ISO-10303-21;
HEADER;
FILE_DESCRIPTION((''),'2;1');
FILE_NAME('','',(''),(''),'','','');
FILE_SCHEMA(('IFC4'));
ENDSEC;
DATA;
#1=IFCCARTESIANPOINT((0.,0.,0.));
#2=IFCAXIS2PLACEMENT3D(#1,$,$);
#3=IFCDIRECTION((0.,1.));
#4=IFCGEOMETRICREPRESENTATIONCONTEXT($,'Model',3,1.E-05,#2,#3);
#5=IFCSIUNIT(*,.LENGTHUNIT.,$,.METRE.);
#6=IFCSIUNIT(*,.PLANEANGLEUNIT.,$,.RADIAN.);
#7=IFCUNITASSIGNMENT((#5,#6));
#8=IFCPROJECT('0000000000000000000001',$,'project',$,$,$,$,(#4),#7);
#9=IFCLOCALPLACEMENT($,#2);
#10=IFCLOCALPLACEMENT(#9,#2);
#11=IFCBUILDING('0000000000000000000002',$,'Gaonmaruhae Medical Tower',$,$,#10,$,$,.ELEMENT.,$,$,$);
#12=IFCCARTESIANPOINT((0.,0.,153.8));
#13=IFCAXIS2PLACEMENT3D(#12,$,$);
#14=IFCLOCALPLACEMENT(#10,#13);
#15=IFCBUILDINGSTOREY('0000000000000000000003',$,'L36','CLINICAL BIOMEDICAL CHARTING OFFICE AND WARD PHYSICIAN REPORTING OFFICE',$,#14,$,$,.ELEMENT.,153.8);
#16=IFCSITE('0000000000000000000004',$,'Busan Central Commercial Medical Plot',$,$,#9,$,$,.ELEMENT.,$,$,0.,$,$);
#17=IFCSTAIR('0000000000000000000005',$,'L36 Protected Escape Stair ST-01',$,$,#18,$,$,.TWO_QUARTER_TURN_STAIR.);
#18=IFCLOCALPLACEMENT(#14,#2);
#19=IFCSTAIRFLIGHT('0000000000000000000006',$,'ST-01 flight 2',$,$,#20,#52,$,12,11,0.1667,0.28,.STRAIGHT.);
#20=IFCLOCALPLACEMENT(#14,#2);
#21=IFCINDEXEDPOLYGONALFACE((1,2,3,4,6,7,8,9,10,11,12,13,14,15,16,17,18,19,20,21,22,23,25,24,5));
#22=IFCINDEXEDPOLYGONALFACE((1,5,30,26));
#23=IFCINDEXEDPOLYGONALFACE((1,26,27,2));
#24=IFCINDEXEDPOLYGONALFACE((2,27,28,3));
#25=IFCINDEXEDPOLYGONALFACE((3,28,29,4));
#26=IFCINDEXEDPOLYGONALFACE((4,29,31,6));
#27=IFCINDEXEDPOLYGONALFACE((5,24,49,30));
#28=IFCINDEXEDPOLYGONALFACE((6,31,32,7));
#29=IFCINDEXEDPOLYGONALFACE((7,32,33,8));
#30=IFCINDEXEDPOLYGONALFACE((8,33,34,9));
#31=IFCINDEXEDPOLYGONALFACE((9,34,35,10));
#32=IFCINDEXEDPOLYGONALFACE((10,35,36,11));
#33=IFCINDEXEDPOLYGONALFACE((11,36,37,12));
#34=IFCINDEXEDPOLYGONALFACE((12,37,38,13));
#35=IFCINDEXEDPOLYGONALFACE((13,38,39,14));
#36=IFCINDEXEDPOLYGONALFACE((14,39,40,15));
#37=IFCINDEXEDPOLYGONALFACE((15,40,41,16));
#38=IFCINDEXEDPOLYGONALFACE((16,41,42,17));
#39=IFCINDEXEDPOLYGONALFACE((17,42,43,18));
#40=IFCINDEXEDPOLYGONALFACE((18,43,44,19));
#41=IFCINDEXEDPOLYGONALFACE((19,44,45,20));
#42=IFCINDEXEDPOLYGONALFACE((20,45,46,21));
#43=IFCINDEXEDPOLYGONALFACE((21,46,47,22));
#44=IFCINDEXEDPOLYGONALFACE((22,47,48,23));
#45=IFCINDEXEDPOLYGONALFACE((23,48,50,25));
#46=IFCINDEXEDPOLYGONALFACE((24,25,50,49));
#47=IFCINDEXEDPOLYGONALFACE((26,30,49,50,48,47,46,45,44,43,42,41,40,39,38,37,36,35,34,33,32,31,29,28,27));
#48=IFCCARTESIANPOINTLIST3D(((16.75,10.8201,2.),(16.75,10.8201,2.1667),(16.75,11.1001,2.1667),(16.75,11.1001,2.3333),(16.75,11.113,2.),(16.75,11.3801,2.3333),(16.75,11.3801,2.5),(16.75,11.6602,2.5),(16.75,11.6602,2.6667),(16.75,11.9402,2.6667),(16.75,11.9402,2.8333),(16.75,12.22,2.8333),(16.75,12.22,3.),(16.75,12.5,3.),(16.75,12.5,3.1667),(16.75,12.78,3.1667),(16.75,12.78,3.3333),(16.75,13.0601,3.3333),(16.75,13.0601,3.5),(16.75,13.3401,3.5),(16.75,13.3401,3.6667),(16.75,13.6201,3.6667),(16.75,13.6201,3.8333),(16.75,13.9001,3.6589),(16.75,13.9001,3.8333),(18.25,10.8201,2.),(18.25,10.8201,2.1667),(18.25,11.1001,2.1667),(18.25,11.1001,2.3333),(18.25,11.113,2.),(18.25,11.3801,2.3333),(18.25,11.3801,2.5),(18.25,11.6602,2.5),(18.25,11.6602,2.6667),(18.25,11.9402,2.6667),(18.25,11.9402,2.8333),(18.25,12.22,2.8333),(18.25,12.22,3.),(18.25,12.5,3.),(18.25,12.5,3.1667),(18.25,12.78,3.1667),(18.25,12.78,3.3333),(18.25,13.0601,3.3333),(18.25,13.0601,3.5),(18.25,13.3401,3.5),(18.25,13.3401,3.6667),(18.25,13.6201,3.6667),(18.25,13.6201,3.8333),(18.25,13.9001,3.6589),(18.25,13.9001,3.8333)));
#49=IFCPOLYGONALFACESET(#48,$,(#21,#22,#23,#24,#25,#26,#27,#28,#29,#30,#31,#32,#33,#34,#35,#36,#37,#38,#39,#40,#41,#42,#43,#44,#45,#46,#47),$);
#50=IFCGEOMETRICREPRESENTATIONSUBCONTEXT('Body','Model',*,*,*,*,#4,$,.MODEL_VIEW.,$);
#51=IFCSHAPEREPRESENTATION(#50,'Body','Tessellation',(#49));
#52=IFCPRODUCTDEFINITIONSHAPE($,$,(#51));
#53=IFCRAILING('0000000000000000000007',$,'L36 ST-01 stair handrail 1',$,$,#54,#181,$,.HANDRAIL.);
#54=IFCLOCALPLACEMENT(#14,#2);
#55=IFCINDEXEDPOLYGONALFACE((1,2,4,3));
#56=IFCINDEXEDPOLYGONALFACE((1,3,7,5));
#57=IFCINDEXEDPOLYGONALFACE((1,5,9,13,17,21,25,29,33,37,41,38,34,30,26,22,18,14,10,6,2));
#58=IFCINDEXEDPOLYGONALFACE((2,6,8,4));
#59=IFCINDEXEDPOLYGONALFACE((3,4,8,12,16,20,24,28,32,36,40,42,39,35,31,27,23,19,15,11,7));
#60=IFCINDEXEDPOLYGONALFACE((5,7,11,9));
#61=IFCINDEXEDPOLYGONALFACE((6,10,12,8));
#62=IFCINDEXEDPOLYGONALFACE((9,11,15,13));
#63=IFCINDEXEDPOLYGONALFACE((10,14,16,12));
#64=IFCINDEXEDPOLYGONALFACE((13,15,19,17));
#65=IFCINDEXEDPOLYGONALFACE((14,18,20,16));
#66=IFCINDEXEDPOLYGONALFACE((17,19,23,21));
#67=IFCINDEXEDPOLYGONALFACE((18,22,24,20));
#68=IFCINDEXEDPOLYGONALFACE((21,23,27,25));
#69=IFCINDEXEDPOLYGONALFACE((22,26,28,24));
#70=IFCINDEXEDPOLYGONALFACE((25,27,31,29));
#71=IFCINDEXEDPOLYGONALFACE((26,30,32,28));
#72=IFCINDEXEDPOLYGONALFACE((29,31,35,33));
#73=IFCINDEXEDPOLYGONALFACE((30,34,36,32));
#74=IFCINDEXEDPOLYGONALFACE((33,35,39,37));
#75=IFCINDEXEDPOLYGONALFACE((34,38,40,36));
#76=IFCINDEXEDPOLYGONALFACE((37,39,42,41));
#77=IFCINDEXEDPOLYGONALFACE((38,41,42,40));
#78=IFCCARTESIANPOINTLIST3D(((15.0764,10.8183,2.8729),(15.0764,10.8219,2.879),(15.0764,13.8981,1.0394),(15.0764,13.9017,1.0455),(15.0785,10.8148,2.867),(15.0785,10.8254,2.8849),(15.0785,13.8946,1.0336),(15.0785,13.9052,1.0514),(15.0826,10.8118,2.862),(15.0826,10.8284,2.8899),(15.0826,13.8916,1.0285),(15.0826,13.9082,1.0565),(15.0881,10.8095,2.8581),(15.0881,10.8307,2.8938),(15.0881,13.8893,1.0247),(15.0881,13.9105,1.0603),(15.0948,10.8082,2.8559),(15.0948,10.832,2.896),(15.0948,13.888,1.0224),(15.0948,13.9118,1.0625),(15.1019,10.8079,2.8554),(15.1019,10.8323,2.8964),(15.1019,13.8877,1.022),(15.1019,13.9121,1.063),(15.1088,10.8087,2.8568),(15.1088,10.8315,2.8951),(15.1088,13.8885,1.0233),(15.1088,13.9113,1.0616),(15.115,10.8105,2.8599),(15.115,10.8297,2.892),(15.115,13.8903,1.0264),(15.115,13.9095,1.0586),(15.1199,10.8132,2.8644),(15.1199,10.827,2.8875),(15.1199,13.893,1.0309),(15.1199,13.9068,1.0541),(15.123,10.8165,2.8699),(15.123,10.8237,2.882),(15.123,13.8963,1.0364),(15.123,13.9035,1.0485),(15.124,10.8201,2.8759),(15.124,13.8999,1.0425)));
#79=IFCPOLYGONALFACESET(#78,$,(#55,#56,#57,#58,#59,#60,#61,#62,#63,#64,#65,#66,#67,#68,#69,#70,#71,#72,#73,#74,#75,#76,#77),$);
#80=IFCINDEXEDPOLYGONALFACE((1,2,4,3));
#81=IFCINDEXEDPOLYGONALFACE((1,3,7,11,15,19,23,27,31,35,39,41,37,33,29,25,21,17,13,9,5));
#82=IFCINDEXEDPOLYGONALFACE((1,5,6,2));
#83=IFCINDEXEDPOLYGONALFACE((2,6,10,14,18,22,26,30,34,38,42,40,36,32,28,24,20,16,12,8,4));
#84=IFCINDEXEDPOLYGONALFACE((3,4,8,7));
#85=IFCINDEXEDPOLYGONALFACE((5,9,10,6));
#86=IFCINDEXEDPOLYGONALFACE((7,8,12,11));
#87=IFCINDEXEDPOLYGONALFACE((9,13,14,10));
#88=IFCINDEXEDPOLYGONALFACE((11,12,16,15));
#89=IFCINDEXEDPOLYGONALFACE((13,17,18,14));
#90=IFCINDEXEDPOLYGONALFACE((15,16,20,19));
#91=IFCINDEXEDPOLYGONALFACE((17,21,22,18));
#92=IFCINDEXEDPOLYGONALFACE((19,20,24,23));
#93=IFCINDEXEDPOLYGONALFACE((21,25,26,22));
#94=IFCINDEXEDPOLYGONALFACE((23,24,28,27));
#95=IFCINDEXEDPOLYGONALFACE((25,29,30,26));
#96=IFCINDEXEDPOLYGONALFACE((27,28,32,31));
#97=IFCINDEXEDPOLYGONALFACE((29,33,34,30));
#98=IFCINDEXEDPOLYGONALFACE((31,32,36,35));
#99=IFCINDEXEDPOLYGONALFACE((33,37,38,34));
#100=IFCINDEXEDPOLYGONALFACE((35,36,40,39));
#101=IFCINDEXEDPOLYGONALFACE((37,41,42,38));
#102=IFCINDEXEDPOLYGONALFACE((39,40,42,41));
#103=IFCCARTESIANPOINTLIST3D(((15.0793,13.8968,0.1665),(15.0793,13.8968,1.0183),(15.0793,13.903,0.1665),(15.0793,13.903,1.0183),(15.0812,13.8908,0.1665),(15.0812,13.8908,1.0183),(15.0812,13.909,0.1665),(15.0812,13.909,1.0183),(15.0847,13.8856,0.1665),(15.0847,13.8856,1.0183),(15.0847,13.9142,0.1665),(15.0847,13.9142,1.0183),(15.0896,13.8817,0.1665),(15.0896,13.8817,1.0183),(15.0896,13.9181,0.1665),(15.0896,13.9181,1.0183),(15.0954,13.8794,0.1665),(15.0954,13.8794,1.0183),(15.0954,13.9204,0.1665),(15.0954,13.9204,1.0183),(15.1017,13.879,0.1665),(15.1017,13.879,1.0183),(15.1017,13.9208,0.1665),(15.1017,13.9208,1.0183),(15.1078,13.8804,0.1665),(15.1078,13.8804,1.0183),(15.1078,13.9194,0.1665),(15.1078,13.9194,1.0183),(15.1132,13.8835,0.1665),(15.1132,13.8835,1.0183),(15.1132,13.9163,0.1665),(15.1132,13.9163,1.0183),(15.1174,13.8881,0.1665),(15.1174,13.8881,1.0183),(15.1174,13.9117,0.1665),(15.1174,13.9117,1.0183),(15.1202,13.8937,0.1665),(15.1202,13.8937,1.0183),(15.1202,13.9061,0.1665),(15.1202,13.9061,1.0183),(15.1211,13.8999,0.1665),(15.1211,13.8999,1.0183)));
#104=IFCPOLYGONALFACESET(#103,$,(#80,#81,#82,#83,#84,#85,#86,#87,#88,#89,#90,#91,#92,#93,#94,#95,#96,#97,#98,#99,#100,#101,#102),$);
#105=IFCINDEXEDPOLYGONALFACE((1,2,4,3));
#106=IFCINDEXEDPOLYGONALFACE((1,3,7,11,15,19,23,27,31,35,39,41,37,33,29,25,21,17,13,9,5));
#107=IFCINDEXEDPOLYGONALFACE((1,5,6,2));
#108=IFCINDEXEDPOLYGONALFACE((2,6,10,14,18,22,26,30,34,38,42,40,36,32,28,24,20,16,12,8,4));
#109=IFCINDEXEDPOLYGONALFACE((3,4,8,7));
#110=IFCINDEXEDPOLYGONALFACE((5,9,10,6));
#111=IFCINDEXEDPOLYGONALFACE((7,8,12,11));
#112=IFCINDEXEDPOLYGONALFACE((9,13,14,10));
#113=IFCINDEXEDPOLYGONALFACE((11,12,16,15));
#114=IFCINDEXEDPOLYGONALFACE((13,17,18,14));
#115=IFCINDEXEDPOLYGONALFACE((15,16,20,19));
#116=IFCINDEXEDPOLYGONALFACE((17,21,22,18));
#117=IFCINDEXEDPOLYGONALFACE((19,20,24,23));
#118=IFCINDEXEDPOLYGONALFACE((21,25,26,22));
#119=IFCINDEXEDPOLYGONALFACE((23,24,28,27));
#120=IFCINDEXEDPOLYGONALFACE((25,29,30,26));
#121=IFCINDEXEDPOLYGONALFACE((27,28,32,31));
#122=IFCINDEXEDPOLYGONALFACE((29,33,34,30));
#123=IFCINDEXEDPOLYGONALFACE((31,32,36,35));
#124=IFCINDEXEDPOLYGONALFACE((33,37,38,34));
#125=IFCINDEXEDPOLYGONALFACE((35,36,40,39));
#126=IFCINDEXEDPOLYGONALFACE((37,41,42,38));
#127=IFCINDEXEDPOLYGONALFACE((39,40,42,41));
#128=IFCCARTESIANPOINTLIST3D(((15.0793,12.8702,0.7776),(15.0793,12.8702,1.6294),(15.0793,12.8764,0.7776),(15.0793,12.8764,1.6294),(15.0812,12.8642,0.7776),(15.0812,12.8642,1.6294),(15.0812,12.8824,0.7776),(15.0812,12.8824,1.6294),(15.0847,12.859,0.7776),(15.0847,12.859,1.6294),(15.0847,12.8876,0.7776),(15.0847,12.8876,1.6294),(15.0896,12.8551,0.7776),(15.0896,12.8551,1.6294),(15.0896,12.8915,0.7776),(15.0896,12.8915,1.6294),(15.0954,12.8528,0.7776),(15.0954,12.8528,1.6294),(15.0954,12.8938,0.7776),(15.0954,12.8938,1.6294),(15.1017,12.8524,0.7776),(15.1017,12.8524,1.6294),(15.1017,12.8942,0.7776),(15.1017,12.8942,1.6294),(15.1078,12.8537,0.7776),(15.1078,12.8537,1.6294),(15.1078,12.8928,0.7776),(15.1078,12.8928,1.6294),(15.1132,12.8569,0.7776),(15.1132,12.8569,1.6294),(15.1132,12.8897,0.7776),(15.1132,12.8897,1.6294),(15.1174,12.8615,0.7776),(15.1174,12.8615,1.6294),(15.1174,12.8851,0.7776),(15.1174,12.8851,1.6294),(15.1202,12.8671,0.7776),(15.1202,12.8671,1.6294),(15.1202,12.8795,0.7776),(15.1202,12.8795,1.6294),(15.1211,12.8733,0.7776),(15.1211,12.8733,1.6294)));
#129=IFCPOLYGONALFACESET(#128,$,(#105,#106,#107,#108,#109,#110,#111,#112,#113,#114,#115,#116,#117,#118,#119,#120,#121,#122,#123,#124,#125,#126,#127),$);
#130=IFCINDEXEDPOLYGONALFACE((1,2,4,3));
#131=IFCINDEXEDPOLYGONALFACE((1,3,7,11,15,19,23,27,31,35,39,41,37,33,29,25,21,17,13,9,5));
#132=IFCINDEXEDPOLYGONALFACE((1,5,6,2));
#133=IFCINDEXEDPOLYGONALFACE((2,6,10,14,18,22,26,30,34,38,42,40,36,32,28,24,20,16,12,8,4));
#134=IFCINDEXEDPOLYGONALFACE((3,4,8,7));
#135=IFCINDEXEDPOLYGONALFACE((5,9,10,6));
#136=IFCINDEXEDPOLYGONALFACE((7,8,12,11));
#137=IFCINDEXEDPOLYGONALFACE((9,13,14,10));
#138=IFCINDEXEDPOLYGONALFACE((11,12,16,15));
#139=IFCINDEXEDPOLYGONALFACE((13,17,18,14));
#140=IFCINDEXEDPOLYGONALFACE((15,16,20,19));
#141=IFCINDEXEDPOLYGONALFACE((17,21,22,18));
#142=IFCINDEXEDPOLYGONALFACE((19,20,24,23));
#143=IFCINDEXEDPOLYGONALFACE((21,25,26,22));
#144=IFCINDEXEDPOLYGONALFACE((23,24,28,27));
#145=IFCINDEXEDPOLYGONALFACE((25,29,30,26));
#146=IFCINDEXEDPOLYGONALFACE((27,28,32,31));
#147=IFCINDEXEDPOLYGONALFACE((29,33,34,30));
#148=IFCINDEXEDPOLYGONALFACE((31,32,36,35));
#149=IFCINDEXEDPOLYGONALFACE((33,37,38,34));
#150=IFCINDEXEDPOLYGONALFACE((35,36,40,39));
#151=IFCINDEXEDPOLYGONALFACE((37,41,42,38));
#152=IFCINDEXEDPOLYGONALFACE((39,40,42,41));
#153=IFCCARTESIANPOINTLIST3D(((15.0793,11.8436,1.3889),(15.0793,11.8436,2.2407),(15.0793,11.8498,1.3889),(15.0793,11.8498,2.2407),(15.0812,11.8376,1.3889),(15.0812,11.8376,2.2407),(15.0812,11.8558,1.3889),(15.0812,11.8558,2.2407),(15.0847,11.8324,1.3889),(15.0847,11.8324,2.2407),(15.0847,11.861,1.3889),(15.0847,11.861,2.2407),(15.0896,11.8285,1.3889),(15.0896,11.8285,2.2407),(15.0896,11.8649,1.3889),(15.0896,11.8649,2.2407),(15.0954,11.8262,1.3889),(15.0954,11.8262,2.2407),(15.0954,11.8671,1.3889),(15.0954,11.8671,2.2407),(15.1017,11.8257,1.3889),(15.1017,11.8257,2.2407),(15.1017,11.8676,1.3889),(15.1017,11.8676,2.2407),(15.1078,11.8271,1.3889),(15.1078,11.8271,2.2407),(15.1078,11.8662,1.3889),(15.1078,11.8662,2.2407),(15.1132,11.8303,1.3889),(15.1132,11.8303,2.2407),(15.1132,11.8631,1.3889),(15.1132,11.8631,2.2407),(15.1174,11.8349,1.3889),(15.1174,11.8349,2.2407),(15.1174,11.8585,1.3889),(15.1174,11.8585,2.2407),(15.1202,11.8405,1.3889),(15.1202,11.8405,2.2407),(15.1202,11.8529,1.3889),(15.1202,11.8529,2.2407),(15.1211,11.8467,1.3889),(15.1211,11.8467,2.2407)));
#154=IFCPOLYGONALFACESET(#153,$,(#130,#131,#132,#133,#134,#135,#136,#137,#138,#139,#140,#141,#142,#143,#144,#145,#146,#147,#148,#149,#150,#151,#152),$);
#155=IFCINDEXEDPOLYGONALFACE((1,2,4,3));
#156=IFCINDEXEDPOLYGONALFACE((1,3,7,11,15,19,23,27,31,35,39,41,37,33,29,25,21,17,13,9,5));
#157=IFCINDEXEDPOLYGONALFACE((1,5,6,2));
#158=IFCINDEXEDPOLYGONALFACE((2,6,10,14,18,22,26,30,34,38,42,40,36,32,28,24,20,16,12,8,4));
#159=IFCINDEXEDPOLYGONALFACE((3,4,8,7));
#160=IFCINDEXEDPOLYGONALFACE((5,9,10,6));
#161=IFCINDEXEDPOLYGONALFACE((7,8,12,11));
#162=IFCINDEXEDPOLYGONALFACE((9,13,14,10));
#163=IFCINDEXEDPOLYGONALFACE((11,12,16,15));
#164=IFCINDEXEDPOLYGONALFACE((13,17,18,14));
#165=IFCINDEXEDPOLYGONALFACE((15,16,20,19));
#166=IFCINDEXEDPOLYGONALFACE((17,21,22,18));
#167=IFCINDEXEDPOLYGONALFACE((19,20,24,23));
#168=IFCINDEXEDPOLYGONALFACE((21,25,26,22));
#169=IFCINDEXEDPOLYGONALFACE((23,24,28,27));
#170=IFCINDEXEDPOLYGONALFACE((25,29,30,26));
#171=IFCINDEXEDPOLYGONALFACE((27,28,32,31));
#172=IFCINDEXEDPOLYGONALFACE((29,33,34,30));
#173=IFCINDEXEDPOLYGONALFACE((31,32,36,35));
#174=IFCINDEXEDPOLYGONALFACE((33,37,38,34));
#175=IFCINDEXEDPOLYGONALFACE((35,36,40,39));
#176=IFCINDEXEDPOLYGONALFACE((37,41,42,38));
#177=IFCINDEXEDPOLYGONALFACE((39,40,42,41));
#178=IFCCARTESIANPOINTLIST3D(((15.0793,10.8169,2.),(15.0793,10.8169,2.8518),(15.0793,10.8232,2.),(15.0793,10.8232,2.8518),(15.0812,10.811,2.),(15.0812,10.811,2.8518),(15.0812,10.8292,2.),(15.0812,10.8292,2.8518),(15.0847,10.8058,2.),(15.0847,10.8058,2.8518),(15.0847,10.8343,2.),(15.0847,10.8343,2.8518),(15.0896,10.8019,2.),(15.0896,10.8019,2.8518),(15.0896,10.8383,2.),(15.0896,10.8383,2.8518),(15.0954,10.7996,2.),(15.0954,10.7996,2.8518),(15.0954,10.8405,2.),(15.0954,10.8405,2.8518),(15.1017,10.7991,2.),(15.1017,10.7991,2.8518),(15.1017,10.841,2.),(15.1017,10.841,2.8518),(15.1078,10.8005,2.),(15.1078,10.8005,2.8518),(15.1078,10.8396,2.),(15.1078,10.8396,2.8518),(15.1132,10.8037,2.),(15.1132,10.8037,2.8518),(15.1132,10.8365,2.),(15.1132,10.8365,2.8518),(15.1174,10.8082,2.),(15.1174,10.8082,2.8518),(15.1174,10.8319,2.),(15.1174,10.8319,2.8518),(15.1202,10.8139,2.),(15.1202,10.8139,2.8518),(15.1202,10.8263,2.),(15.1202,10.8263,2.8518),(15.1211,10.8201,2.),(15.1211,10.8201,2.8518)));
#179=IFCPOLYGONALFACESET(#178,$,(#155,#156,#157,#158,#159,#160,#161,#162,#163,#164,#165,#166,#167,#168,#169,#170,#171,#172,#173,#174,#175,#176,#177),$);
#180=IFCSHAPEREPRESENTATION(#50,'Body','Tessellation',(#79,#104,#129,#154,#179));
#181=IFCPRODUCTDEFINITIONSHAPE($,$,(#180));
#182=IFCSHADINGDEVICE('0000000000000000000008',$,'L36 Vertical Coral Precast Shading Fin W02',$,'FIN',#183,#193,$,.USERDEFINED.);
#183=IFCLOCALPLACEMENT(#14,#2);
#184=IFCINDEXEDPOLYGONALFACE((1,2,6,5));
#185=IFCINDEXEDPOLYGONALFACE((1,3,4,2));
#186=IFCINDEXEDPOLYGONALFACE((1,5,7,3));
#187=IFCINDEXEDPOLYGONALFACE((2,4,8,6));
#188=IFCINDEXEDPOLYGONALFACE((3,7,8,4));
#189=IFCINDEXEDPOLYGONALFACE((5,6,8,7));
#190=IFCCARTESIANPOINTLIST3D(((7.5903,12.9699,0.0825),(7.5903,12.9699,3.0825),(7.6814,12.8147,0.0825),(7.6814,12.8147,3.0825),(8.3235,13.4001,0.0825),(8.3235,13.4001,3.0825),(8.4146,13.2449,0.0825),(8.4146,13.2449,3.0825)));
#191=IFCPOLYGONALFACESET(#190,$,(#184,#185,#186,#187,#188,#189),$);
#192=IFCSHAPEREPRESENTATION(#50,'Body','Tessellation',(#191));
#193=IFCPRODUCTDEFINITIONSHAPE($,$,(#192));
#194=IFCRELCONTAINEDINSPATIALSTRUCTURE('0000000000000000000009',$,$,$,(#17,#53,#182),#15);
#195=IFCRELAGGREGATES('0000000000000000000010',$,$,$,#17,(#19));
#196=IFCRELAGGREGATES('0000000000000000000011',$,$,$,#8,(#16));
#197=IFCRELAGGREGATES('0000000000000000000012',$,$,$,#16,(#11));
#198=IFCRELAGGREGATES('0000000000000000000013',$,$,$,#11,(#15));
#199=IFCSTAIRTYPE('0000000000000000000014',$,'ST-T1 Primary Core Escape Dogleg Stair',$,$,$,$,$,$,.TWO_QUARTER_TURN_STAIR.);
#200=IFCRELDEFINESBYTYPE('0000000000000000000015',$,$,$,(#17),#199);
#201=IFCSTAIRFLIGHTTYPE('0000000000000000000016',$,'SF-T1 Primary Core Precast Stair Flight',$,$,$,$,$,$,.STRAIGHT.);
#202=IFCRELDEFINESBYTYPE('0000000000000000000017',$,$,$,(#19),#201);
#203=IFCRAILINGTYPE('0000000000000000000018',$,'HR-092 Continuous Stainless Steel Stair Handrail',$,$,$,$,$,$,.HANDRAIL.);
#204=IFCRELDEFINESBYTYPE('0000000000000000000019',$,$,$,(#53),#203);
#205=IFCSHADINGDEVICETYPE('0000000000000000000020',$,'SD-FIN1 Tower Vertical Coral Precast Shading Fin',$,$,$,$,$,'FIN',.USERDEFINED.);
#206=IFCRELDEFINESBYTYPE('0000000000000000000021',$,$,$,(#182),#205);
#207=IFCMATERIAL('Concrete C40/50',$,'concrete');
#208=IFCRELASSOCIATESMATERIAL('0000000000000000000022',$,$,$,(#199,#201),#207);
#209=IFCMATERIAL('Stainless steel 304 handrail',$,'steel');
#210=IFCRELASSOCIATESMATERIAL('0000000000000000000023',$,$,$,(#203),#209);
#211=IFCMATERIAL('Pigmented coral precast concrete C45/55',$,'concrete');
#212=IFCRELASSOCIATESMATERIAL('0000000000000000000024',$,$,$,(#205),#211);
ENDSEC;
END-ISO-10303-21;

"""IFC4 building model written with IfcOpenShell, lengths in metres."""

from ifc_helpers import new_model, si_unit, direction, frame, origin, origin_2d, place, context, subcontext, project, spatial, polyline, rectangle, circle, outline, extrude, material, type_object, element, aggregate, save


model = new_model("IFC4")

# Units and contexts
model_context = context("Model", 3, precision=1e-05, world=origin(), true_north=direction((0.0, 1.0)))
body_context = subcontext(model_context, "Body", "Model", "MODEL_VIEW")
ifc_project = project(units=[si_unit("LENGTHUNIT", "METRE"), si_unit("PLANEANGLEUNIT", "RADIAN")], contexts=[model_context])

# Site, building, storey
site_placement = place(None, origin())
site = spatial("IfcSite", under=ifc_project, at=site_placement, Name="Busan Central Commercial Medical Plot", CompositionType="ELEMENT", RefElevation=0.0)
building_placement = place(site_placement, origin())
building = spatial("IfcBuilding", under=site, at=building_placement, Name="Gaonmaruhae Medical Tower", CompositionType="ELEMENT")
storey_placement = place(building_placement, frame((0.0, 0.0, 153.8)))
storey = spatial("IfcBuildingStorey", under=building, at=storey_placement, Name="L36", Description="CLINICAL BIOMEDICAL CHARTING OFFICE AND WARD PHYSICIAN REPORTING OFFICE", CompositionType="ELEMENT", Elevation=153.8)

# Stair, stair flight
ifc_material_1 = material(Name="Concrete C40/50", Category="concrete")
stair_type = type_object("IfcStairType", Name="ST-T1 Primary Core Escape Dogleg Stair", PredefinedType="TWO_QUARTER_TURN_STAIR", material=ifc_material_1)
stair_placement = place(storey_placement, origin())
stair = element("IfcStair", 1, at=stair_placement, inside=storey, type_object=stair_type, Name="L36 Protected Escape Stair ST-01", PredefinedType="TWO_QUARTER_TURN_STAIR")
stair_flight_type = type_object("IfcStairFlightType", Name="SF-T1 Primary Core Precast Stair Flight", PredefinedType="STRAIGHT", material=ifc_material_1)
stair_flight_1_placement = place(storey_placement, frame((17.5, 10.8201, 2.0), z_axis=(0.0, 0.0, 1.0), x_axis=(0.0, 1.0, 0.0)))
stair_flight_1 = element("IfcStairFlight", 2, at=stair_flight_1_placement, type_object=stair_flight_type, Name="ST-01 flight 2", NumberOfRisers=12, NumberOfTreads=11, PredefinedType="STRAIGHT", RiserHeight=0.1667, TreadLength=0.28, context=body_context, shape_type="SweptSolid", body=[
    extrude(outline(polyline([(0.0, 0.0), (0.0, 0.1667), (0.28, 0.1667), (0.28, 0.3333), (0.5601, 0.3333), (0.5601, 0.5), (0.8401, 0.5), (0.8401, 0.6667), (1.1201, 0.6667), (1.1201, 0.8333), (1.3999, 0.8333), (1.3999, 1.0), (1.6799, 1.0), (1.6799, 1.1667), (1.96, 1.1667), (1.96, 1.3333), (2.24, 1.3333), (2.24, 1.5), (2.52, 1.5), (2.52, 1.6667), (2.8, 1.6667), (2.8, 1.8333), (3.0801, 1.8333), (3.0801, 2.0), (3.0801, 1.6589), (0.293, 0.0), (0.0, 0.0)])), frame((0.0, 0.75, 0.0), z_axis=(0.0, -1.0, 0.0), x_axis=(1.0, 0.0, 0.0)), (0.0, 0.0, 1.0), 1.5),
])
aggregate(stair, [stair_flight_1])

# Railing
ifc_material_2 = material(Name="Stainless steel 304 handrail", Category="steel")
railing_type_1 = type_object("IfcRailingType", Name="HR-092 Continuous Stainless Steel Stair Handrail", PredefinedType="HANDRAIL", material=ifc_material_2)
railing_1_placement = place(storey_placement, frame((15.1001, 13.8999, 0.1665)))
element("IfcRailing", 3, at=railing_1_placement, inside=storey, type_object=railing_type_1, Name="L36 ST-01 stair handrail 1", PredefinedType="HANDRAIL", context=body_context, shape_type="SweptSolid", body=[
    extrude(circle(Radius=0.0239, at=origin_2d()), frame((0.0, 0.0, 0.876), z_axis=(0.0, -0.859261, 0.511538), x_axis=(1.0, 0.0, 0.0)), (0.0, 0.0, 1.0), 3.5842),
    extrude(circle(Radius=0.021, at=origin_2d()), origin(), (0.0, 0.0, 1.0), 0.8518),
    extrude(circle(Radius=0.021, at=origin_2d()), frame((0.0, -1.0266, 0.6111)), (0.0, 0.0, 1.0), 0.8518),
    extrude(circle(Radius=0.021, at=origin_2d()), frame((0.0, -2.0532, 1.2224)), (0.0, 0.0, 1.0), 0.8518),
    extrude(circle(Radius=0.021, at=origin_2d()), frame((0.0, -3.0798, 1.8335)), (0.0, 0.0, 1.0), 0.8518),
])

# Shading device
ifc_material_3 = material(Name="Pigmented coral precast concrete C45/55", Category="concrete")
shading_device_type = type_object("IfcShadingDeviceType", Name="SD-FIN1 Tower Vertical Coral Precast Shading Fin", ElementType="FIN", PredefinedType="USERDEFINED", material=ifc_material_3)
shading_device_placement = place(storey_placement, frame((8.0024, 13.1074, 0.0825), z_axis=(0.0, 0.0, 1.0), x_axis=(-0.506034, 0.862514, 0.0)))
element("IfcShadingDevice", 4, at=shading_device_placement, inside=storey, type_object=shading_device_type, Name="L36 Vertical Coral Precast Shading Fin W02", ObjectType="FIN", PredefinedType="USERDEFINED", context=body_context, shape_type="SweptSolid", body=[
    extrude(rectangle(XDim=0.1799, YDim=0.8501, at=origin_2d()), origin(), (0.0, 0.0, 1.0), 3.0),
])

save(model, "model.ifc")
